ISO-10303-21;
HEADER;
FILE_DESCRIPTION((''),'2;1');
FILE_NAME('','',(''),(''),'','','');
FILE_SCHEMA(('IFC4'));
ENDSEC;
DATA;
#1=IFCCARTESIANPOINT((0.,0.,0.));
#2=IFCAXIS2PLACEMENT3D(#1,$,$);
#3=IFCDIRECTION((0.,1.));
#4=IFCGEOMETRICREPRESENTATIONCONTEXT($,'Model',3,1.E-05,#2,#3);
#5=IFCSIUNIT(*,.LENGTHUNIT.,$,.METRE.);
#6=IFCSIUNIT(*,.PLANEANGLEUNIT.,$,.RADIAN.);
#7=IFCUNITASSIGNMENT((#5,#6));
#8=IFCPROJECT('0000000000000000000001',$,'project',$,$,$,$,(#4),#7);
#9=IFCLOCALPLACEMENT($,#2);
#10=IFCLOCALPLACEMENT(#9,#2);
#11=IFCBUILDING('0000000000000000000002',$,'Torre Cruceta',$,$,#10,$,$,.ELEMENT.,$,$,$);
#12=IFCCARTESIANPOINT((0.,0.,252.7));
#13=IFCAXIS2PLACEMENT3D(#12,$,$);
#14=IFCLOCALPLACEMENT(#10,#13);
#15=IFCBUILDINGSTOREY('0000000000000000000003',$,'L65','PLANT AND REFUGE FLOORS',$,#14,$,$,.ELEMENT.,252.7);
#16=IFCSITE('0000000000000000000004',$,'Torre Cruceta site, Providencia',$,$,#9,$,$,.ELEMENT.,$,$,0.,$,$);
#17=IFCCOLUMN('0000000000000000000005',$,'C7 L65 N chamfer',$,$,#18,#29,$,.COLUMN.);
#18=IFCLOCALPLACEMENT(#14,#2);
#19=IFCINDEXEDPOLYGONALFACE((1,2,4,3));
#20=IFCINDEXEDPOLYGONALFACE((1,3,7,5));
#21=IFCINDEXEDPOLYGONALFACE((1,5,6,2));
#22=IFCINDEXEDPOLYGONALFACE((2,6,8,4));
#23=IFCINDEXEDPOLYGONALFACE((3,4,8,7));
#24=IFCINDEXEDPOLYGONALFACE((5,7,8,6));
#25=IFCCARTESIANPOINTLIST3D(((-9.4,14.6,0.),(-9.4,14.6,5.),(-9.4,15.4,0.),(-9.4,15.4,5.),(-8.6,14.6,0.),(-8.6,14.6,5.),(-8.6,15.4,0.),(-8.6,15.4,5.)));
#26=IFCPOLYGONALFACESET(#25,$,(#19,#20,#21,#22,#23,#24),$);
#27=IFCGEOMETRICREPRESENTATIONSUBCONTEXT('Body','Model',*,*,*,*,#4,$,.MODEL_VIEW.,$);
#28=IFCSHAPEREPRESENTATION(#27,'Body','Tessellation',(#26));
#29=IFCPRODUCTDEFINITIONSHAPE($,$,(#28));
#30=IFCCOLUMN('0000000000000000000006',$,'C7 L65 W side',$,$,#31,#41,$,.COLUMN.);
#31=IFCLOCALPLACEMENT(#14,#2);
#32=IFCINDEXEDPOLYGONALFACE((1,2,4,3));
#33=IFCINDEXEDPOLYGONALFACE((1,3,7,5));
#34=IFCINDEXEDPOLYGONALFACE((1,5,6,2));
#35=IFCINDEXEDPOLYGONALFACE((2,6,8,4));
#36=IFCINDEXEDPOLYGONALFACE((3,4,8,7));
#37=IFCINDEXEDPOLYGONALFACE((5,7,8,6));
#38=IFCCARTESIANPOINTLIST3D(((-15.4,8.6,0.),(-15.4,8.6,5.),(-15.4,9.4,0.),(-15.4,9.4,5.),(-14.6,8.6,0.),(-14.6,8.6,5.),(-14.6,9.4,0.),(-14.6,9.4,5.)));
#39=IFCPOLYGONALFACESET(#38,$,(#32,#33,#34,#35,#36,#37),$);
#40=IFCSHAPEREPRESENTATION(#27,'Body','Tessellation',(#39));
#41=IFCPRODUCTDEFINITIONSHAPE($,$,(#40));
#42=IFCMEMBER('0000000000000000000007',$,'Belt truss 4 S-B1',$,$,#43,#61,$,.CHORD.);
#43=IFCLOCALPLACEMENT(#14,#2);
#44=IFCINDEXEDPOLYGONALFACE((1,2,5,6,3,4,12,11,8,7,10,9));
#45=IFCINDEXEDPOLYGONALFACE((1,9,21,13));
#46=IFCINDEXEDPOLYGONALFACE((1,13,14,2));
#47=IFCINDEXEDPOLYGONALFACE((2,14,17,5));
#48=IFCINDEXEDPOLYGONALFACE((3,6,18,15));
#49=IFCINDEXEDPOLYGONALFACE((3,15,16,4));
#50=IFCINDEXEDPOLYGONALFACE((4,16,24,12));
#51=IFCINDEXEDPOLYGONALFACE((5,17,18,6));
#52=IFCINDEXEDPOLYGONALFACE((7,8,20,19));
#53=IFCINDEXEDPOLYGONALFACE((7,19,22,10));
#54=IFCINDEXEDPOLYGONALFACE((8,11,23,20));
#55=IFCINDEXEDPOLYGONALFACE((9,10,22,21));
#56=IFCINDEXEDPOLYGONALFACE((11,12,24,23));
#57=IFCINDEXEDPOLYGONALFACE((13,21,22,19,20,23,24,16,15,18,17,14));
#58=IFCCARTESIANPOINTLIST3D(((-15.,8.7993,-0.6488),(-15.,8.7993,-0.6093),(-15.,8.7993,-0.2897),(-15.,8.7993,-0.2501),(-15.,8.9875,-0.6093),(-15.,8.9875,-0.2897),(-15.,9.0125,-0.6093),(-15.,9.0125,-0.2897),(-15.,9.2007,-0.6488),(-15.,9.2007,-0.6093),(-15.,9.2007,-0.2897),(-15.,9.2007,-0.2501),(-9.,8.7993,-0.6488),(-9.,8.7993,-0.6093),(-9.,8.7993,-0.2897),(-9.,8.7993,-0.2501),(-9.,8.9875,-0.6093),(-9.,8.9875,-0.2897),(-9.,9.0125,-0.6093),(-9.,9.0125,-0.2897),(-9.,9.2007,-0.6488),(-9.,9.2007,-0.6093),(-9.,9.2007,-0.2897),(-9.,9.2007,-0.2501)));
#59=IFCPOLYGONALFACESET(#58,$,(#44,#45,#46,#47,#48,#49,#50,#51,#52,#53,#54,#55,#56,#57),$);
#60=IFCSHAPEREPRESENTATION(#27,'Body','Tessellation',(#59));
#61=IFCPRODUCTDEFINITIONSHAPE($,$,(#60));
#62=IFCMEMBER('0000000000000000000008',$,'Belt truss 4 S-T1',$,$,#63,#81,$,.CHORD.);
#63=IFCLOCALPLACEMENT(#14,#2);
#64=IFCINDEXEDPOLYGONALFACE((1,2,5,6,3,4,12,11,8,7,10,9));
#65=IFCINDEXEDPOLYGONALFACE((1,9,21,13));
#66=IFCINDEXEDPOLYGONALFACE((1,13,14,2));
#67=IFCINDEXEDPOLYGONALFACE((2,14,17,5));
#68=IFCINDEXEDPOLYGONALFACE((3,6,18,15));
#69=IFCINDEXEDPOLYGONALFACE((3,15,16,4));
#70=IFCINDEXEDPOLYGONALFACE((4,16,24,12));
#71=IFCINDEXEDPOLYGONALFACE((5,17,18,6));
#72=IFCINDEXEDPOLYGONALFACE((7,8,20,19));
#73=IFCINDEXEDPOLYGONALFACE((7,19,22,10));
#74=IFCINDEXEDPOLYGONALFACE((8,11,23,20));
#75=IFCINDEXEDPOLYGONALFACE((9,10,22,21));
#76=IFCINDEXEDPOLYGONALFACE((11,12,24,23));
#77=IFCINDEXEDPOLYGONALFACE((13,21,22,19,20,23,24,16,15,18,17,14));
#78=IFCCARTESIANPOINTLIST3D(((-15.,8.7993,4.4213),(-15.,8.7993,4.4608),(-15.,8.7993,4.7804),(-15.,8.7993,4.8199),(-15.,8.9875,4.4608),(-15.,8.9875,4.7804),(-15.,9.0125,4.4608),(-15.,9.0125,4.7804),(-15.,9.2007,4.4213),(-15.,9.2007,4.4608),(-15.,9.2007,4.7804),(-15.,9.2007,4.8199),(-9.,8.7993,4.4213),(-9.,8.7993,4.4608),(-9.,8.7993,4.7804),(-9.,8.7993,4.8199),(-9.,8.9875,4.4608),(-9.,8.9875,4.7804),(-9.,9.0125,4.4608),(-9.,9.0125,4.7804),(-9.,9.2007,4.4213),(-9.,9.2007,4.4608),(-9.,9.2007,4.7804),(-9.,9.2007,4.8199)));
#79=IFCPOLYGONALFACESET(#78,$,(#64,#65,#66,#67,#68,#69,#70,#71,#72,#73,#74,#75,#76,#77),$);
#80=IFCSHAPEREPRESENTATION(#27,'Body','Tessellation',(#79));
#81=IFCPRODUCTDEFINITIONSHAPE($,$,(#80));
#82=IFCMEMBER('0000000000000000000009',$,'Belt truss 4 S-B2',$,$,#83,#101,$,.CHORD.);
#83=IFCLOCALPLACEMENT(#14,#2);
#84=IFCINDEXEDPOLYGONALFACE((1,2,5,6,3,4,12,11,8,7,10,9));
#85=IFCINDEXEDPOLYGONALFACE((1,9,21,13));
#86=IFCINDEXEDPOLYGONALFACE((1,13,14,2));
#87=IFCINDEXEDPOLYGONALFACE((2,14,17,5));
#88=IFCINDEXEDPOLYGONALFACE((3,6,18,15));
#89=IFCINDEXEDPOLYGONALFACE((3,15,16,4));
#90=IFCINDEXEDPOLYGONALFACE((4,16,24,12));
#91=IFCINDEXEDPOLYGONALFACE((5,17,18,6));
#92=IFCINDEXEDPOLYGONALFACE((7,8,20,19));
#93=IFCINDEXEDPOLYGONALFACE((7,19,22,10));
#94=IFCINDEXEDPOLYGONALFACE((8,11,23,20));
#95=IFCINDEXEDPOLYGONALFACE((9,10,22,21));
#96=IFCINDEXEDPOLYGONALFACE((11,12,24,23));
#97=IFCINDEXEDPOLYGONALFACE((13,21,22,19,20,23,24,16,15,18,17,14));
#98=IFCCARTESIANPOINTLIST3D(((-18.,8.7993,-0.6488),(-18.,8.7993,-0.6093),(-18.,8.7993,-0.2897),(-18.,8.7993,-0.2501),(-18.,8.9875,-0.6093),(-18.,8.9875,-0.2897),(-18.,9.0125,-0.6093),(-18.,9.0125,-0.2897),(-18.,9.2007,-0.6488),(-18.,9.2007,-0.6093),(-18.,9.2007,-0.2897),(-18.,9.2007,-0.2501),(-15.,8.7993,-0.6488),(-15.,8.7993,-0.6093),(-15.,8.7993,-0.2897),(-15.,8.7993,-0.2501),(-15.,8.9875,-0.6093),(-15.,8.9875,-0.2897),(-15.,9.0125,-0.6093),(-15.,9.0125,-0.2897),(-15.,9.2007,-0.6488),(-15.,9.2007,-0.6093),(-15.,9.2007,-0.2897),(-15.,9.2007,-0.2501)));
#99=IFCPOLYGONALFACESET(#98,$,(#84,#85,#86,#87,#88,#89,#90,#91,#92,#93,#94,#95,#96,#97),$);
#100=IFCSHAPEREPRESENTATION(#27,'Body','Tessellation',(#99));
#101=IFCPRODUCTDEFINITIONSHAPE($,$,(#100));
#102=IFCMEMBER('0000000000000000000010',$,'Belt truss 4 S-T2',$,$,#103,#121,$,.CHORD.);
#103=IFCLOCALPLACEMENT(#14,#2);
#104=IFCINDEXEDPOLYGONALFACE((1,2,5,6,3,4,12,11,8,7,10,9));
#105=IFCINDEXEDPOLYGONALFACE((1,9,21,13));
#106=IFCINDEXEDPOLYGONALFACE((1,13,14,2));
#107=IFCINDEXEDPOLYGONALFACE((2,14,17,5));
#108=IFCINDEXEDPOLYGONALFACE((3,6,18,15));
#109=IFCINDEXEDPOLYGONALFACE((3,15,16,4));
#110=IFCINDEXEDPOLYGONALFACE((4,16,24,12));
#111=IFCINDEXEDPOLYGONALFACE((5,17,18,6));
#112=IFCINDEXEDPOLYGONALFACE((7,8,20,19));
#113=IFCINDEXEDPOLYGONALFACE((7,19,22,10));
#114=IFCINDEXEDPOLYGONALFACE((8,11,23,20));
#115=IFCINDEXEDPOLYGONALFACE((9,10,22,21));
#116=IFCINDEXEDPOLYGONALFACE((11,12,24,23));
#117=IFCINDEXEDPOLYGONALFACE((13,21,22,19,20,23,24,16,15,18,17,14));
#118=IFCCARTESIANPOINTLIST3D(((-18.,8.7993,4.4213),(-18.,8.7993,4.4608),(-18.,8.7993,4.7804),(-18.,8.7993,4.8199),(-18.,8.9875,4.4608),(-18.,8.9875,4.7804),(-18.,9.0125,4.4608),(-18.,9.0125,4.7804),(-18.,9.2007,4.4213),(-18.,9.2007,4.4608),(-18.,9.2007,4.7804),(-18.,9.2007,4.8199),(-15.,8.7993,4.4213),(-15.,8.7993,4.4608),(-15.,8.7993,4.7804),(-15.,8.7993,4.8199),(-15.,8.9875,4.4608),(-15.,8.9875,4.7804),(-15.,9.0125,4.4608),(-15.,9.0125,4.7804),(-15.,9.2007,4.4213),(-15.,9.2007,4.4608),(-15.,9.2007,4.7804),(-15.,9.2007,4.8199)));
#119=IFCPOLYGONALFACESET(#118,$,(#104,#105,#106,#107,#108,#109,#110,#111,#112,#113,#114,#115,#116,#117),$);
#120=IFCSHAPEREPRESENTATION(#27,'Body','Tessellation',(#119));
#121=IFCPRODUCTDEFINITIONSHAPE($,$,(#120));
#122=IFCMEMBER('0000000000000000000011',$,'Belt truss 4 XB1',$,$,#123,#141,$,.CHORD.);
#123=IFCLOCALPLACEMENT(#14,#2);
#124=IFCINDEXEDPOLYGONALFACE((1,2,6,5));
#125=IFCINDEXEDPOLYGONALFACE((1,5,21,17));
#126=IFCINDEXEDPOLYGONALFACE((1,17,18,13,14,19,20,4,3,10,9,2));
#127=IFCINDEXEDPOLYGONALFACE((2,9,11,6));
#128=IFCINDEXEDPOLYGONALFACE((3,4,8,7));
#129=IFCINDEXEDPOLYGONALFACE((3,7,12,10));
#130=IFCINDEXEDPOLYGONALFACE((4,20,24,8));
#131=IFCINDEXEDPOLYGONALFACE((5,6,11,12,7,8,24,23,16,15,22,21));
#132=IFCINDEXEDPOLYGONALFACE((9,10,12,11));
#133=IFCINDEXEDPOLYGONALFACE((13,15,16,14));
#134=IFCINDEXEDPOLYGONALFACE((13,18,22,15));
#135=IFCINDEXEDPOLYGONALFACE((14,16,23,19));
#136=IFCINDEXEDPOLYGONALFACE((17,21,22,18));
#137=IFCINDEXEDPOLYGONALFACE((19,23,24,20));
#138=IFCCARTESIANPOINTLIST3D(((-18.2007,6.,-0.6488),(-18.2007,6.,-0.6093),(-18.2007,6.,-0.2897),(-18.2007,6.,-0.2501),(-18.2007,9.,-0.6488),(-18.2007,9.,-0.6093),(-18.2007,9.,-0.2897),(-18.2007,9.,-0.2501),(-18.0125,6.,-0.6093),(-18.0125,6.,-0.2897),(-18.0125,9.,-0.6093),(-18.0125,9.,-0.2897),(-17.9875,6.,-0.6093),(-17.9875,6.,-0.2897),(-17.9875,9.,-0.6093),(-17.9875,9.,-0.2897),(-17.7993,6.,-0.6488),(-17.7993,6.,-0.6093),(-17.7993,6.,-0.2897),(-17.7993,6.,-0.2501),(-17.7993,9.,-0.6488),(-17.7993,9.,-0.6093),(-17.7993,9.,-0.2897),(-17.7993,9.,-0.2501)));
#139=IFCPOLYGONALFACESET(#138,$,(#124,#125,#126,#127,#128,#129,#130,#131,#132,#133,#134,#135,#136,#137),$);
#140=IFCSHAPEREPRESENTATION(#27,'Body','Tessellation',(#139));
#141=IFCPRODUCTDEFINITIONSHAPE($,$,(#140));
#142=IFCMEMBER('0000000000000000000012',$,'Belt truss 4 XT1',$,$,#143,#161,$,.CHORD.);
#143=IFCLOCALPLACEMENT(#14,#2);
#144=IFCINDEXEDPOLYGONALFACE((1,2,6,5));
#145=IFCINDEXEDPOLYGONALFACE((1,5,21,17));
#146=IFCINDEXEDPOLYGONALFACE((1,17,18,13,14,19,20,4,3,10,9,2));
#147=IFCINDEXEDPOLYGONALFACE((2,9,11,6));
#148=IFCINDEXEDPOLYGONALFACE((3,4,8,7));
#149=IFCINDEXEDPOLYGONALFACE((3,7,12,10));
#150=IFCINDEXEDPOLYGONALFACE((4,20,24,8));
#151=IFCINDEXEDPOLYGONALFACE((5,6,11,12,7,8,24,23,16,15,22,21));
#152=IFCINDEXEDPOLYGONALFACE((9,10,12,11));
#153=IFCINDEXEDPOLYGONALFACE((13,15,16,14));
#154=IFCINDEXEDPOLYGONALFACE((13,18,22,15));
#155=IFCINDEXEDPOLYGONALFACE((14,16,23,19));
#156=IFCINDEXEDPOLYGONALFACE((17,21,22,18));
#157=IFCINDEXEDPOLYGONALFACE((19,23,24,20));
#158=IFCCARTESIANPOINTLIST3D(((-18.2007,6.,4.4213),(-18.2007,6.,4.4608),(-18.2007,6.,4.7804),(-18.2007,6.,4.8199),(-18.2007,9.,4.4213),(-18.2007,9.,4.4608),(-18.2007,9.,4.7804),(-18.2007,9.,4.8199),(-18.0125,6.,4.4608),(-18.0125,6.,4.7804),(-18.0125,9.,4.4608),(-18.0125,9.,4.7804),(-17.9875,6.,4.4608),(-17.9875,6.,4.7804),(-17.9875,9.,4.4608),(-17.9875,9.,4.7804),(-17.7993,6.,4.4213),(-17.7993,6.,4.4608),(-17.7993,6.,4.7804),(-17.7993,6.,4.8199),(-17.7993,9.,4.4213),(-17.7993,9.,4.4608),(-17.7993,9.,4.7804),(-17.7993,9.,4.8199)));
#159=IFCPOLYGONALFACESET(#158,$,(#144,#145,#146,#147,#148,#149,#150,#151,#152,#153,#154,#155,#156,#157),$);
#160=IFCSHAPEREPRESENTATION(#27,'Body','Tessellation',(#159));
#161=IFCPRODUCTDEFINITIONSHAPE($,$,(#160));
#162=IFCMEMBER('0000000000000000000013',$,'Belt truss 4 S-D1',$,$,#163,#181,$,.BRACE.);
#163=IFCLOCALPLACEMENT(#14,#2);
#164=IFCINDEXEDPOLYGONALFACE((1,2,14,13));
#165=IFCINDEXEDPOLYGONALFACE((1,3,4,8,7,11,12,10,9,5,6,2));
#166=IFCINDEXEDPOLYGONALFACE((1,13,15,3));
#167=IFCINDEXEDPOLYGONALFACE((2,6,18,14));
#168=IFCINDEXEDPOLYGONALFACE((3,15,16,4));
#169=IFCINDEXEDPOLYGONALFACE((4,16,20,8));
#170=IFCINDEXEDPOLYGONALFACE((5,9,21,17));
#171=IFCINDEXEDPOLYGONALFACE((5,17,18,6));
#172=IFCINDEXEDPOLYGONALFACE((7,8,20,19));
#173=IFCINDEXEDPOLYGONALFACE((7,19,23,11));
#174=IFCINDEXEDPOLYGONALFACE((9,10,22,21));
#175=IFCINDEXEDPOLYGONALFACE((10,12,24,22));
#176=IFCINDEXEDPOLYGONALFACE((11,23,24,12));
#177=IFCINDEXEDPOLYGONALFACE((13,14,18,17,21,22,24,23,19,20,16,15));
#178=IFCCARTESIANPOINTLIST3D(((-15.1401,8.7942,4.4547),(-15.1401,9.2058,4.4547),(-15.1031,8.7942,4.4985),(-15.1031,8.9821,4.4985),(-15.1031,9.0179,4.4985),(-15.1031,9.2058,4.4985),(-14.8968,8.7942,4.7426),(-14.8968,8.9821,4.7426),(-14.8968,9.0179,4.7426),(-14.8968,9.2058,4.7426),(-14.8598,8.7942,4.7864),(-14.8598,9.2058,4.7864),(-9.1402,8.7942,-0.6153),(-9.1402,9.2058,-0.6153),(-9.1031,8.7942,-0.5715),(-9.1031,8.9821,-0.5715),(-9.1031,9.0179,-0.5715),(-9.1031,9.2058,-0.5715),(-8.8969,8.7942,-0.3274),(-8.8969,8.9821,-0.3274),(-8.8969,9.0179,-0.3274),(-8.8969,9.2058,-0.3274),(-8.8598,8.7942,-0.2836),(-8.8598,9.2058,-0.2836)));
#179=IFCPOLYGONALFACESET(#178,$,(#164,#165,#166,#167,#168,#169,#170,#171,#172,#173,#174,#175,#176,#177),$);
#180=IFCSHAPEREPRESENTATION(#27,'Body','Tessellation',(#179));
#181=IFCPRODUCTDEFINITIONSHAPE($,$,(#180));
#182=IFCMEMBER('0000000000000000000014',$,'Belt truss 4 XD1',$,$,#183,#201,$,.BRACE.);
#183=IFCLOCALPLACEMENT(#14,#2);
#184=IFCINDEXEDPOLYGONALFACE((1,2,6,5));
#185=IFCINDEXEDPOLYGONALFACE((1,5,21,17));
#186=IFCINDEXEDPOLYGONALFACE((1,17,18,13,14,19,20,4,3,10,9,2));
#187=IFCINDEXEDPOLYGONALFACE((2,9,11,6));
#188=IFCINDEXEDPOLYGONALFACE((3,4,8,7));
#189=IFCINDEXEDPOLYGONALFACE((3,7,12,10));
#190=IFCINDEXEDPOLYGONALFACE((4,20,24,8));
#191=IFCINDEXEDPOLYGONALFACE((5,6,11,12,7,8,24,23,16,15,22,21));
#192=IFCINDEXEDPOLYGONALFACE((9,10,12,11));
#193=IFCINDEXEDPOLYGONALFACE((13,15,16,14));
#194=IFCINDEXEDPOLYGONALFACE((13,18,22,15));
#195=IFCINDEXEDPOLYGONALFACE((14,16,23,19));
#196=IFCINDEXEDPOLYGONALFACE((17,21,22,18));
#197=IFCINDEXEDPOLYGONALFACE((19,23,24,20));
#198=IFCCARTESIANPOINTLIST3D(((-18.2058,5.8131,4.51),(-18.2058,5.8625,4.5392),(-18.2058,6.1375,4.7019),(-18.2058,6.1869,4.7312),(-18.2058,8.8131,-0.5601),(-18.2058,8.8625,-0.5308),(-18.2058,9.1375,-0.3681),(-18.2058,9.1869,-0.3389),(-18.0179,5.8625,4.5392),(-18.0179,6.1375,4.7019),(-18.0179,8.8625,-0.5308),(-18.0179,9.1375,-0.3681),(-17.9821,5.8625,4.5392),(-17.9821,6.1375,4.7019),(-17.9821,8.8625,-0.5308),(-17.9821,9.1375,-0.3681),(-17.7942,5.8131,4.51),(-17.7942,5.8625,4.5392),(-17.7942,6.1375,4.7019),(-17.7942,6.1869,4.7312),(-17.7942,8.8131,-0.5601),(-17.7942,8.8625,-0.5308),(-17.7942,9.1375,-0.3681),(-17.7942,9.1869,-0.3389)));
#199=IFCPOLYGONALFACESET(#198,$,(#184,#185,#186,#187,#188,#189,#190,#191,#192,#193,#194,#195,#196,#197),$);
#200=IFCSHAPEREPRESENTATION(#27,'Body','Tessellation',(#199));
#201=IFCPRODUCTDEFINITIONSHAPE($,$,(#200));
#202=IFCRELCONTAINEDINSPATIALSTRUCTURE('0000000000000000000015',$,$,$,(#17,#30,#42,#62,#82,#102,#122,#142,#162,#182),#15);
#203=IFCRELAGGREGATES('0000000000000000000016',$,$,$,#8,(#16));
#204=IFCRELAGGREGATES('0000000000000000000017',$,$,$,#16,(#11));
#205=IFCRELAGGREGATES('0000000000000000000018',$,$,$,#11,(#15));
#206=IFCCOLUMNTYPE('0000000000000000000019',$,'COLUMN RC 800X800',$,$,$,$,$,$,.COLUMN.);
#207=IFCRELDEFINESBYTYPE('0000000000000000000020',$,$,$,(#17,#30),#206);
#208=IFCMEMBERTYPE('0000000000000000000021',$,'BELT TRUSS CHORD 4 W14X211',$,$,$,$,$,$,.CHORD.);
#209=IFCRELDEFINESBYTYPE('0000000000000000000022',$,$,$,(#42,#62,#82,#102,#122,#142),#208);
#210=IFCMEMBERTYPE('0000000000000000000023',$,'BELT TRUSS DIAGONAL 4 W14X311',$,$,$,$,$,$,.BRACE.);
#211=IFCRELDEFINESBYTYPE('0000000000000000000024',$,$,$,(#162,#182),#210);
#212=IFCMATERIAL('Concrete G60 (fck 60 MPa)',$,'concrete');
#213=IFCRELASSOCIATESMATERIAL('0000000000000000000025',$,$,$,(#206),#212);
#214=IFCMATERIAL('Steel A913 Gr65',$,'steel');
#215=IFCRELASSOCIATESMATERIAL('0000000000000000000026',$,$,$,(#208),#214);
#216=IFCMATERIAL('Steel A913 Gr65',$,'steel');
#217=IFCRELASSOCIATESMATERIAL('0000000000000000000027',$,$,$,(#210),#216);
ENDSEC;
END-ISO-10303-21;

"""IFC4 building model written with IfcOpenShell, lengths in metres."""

from ifc_helpers import new_model, si_unit, direction, frame, origin, origin_2d, place, context, subcontext, project, spatial, rectangle, i_section, extrude, material, material_profile, profile_set, type_object, element, save


model = new_model("IFC4")

# Units and contexts
model_context = context("Model", 3, precision=1e-05, world=origin(), true_north=direction((0.0, 1.0)))
body_context = subcontext(model_context, "Body", "Model", "MODEL_VIEW")
ifc_project = project(units=[si_unit("LENGTHUNIT", "METRE"), si_unit("PLANEANGLEUNIT", "RADIAN")], contexts=[model_context])

# Site, building, storey
site_placement = place(None, origin())
site = spatial("IfcSite", under=ifc_project, at=site_placement, Name="Torre Cruceta site, Providencia", CompositionType="ELEMENT", RefElevation=0.0)
building_placement = place(site_placement, origin())
building = spatial("IfcBuilding", under=site, at=building_placement, Name="Torre Cruceta", CompositionType="ELEMENT")
storey_placement = place(building_placement, frame((0.0, 0.0, 252.7)))
storey = spatial("IfcBuildingStorey", under=building, at=storey_placement, Name="L65", Description="PLANT AND REFUGE FLOORS", CompositionType="ELEMENT", Elevation=252.7)

# Columns
ifc_material_1 = material(Name="Concrete G60 (fck 60 MPa)", Category="concrete")
ifc_material_profile_1 = material_profile(ifc_material_1, rectangle(XDim=0.8, YDim=0.8, at=origin_2d()), Name="RC 800X800")
ifc_profile_set_1 = profile_set([ifc_material_profile_1], Name="Concrete G60 (fck 60 MPa)")
column_type = type_object("IfcColumnType", Name="COLUMN RC 800X800", PredefinedType="COLUMN", material=ifc_profile_set_1)
for number, where, z_axis, x_axis, name in (
    (1, (-9.0, 15.0, 0.0), (0.0, 0.0, 1.0), (1.0, 0.0, 0.0), "C7 L65 N chamfer"),
    (2, (-15.0, 9.0, 0.0), (0.0, 0.0, 1.0), (1.0, 0.0, 0.0), "C7 L65 W side"),
):
    element("IfcColumn", number, at=place(storey_placement, frame(where, z_axis=z_axis, x_axis=x_axis)), inside=storey, type_object=column_type, Name=name, PredefinedType="COLUMN", context=body_context, shape_type="SweptSolid", body=[
        extrude(rectangle(XDim=0.8, YDim=0.8, at=origin_2d()), origin(), (0.0, 0.0, 1.0), 5.0),
    ])

# Members
ifc_material_2 = material(Name="Steel A913 Gr65", Category="steel")
ifc_material_profile_2 = material_profile(ifc_material_2, i_section(OverallWidth=0.4014, OverallDepth=0.3987, WebThickness=0.0249, FlangeThickness=0.0396, at=origin_2d()), Name="W14X211")
ifc_profile_set_2 = profile_set([ifc_material_profile_2], Name="Steel A913 Gr65")
member_type_1 = type_object("IfcMemberType", Name="BELT TRUSS CHORD 4 W14X211", PredefinedType="CHORD", material=ifc_profile_set_2)
for number, where, z_axis, x_axis, name in (
    (3, (-9.0, 9.0, -0.4495), (-1.0, 0.0, 0.0), (0.0, -1.0, 0.0), "Belt truss 4 S-B1"),
    (4, (-9.0, 9.0, 4.6206), (-1.0, 0.0, 0.0), (0.0, -1.0, 0.0), "Belt truss 4 S-T1"),
):
    element("IfcMember", number, at=place(storey_placement, frame(where, z_axis=z_axis, x_axis=x_axis)), inside=storey, type_object=member_type_1, Name=name, PredefinedType="CHORD", context=body_context, shape_type="SweptSolid", body=[
        extrude(i_section(OverallWidth=0.4014, OverallDepth=0.3987, WebThickness=0.0249, FlangeThickness=0.0396, at=origin_2d()), origin(), (0.0, 0.0, 1.0), 6.0),
    ])
for number, where, z_axis, x_axis, name in (
    (5, (-15.0, 9.0, -0.4495), (-1.0, 0.0, 0.0), (0.0, -1.0, 0.0), "Belt truss 4 S-B2"),
    (6, (-15.0, 9.0, 4.6206), (-1.0, 0.0, 0.0), (0.0, -1.0, 0.0), "Belt truss 4 S-T2"),
    (7, (-18.0, 9.0, -0.4495), (0.0, -1.0, 0.0), (1.0, 0.0, 0.0), "Belt truss 4 XB1"),
    (8, (-18.0, 9.0, 4.6206), (0.0, -1.0, 0.0), (1.0, 0.0, 0.0), "Belt truss 4 XT1"),
):
    element("IfcMember", number, at=place(storey_placement, frame(where, z_axis=z_axis, x_axis=x_axis)), inside=storey, type_object=member_type_1, Name=name, PredefinedType="CHORD", context=body_context, shape_type="SweptSolid", body=[
        extrude(i_section(OverallWidth=0.4014, OverallDepth=0.3987, WebThickness=0.0249, FlangeThickness=0.0396, at=origin_2d()), origin(), (0.0, 0.0, 1.0), 3.0),
    ])
ifc_material_3 = material(Name="Steel A913 Gr65", Category="steel")
ifc_material_profile_3 = material_profile(ifc_material_3, i_section(OverallWidth=0.4116, OverallDepth=0.4343, WebThickness=0.0359, FlangeThickness=0.0574, at=origin_2d()), Name="W14X311")
ifc_profile_set_3 = profile_set([ifc_material_profile_3], Name="Steel A913 Gr65")
member_type_2 = type_object("IfcMemberType", Name="BELT TRUSS DIAGONAL 4 W14X311", PredefinedType="BRACE", material=ifc_profile_set_3)
member_1_placement = place(storey_placement, frame((-9.0, 9.0, -0.4495), z_axis=(-0.763816, 0.0, 0.645434), x_axis=(0.0, -1.0, 0.0)))
element("IfcMember", 9, at=member_1_placement, inside=storey, type_object=member_type_2, Name="Belt truss 4 S-D1", PredefinedType="BRACE", context=body_context, shape_type="SweptSolid", body=[
    extrude(i_section(OverallWidth=0.4116, OverallDepth=0.4343, WebThickness=0.0359, FlangeThickness=0.0574, at=origin_2d()), origin(), (0.0, 0.0, 1.0), 7.8552),
])
member_2_placement = place(storey_placement, frame((-18.0, 9.0, -0.4495), z_axis=(0.0, -0.509239, 0.860625), x_axis=(1.0, 0.0, 0.0)))
element("IfcMember", 10, at=member_2_placement, inside=storey, type_object=member_type_2, Name="Belt truss 4 XD1", PredefinedType="BRACE", context=body_context, shape_type="SweptSolid", body=[
    extrude(i_section(OverallWidth=0.4116, OverallDepth=0.4343, WebThickness=0.0359, FlangeThickness=0.0574, at=origin_2d()), origin(), (0.0, 0.0, 1.0), 5.8911),
])

save(model, "model.ifc")
